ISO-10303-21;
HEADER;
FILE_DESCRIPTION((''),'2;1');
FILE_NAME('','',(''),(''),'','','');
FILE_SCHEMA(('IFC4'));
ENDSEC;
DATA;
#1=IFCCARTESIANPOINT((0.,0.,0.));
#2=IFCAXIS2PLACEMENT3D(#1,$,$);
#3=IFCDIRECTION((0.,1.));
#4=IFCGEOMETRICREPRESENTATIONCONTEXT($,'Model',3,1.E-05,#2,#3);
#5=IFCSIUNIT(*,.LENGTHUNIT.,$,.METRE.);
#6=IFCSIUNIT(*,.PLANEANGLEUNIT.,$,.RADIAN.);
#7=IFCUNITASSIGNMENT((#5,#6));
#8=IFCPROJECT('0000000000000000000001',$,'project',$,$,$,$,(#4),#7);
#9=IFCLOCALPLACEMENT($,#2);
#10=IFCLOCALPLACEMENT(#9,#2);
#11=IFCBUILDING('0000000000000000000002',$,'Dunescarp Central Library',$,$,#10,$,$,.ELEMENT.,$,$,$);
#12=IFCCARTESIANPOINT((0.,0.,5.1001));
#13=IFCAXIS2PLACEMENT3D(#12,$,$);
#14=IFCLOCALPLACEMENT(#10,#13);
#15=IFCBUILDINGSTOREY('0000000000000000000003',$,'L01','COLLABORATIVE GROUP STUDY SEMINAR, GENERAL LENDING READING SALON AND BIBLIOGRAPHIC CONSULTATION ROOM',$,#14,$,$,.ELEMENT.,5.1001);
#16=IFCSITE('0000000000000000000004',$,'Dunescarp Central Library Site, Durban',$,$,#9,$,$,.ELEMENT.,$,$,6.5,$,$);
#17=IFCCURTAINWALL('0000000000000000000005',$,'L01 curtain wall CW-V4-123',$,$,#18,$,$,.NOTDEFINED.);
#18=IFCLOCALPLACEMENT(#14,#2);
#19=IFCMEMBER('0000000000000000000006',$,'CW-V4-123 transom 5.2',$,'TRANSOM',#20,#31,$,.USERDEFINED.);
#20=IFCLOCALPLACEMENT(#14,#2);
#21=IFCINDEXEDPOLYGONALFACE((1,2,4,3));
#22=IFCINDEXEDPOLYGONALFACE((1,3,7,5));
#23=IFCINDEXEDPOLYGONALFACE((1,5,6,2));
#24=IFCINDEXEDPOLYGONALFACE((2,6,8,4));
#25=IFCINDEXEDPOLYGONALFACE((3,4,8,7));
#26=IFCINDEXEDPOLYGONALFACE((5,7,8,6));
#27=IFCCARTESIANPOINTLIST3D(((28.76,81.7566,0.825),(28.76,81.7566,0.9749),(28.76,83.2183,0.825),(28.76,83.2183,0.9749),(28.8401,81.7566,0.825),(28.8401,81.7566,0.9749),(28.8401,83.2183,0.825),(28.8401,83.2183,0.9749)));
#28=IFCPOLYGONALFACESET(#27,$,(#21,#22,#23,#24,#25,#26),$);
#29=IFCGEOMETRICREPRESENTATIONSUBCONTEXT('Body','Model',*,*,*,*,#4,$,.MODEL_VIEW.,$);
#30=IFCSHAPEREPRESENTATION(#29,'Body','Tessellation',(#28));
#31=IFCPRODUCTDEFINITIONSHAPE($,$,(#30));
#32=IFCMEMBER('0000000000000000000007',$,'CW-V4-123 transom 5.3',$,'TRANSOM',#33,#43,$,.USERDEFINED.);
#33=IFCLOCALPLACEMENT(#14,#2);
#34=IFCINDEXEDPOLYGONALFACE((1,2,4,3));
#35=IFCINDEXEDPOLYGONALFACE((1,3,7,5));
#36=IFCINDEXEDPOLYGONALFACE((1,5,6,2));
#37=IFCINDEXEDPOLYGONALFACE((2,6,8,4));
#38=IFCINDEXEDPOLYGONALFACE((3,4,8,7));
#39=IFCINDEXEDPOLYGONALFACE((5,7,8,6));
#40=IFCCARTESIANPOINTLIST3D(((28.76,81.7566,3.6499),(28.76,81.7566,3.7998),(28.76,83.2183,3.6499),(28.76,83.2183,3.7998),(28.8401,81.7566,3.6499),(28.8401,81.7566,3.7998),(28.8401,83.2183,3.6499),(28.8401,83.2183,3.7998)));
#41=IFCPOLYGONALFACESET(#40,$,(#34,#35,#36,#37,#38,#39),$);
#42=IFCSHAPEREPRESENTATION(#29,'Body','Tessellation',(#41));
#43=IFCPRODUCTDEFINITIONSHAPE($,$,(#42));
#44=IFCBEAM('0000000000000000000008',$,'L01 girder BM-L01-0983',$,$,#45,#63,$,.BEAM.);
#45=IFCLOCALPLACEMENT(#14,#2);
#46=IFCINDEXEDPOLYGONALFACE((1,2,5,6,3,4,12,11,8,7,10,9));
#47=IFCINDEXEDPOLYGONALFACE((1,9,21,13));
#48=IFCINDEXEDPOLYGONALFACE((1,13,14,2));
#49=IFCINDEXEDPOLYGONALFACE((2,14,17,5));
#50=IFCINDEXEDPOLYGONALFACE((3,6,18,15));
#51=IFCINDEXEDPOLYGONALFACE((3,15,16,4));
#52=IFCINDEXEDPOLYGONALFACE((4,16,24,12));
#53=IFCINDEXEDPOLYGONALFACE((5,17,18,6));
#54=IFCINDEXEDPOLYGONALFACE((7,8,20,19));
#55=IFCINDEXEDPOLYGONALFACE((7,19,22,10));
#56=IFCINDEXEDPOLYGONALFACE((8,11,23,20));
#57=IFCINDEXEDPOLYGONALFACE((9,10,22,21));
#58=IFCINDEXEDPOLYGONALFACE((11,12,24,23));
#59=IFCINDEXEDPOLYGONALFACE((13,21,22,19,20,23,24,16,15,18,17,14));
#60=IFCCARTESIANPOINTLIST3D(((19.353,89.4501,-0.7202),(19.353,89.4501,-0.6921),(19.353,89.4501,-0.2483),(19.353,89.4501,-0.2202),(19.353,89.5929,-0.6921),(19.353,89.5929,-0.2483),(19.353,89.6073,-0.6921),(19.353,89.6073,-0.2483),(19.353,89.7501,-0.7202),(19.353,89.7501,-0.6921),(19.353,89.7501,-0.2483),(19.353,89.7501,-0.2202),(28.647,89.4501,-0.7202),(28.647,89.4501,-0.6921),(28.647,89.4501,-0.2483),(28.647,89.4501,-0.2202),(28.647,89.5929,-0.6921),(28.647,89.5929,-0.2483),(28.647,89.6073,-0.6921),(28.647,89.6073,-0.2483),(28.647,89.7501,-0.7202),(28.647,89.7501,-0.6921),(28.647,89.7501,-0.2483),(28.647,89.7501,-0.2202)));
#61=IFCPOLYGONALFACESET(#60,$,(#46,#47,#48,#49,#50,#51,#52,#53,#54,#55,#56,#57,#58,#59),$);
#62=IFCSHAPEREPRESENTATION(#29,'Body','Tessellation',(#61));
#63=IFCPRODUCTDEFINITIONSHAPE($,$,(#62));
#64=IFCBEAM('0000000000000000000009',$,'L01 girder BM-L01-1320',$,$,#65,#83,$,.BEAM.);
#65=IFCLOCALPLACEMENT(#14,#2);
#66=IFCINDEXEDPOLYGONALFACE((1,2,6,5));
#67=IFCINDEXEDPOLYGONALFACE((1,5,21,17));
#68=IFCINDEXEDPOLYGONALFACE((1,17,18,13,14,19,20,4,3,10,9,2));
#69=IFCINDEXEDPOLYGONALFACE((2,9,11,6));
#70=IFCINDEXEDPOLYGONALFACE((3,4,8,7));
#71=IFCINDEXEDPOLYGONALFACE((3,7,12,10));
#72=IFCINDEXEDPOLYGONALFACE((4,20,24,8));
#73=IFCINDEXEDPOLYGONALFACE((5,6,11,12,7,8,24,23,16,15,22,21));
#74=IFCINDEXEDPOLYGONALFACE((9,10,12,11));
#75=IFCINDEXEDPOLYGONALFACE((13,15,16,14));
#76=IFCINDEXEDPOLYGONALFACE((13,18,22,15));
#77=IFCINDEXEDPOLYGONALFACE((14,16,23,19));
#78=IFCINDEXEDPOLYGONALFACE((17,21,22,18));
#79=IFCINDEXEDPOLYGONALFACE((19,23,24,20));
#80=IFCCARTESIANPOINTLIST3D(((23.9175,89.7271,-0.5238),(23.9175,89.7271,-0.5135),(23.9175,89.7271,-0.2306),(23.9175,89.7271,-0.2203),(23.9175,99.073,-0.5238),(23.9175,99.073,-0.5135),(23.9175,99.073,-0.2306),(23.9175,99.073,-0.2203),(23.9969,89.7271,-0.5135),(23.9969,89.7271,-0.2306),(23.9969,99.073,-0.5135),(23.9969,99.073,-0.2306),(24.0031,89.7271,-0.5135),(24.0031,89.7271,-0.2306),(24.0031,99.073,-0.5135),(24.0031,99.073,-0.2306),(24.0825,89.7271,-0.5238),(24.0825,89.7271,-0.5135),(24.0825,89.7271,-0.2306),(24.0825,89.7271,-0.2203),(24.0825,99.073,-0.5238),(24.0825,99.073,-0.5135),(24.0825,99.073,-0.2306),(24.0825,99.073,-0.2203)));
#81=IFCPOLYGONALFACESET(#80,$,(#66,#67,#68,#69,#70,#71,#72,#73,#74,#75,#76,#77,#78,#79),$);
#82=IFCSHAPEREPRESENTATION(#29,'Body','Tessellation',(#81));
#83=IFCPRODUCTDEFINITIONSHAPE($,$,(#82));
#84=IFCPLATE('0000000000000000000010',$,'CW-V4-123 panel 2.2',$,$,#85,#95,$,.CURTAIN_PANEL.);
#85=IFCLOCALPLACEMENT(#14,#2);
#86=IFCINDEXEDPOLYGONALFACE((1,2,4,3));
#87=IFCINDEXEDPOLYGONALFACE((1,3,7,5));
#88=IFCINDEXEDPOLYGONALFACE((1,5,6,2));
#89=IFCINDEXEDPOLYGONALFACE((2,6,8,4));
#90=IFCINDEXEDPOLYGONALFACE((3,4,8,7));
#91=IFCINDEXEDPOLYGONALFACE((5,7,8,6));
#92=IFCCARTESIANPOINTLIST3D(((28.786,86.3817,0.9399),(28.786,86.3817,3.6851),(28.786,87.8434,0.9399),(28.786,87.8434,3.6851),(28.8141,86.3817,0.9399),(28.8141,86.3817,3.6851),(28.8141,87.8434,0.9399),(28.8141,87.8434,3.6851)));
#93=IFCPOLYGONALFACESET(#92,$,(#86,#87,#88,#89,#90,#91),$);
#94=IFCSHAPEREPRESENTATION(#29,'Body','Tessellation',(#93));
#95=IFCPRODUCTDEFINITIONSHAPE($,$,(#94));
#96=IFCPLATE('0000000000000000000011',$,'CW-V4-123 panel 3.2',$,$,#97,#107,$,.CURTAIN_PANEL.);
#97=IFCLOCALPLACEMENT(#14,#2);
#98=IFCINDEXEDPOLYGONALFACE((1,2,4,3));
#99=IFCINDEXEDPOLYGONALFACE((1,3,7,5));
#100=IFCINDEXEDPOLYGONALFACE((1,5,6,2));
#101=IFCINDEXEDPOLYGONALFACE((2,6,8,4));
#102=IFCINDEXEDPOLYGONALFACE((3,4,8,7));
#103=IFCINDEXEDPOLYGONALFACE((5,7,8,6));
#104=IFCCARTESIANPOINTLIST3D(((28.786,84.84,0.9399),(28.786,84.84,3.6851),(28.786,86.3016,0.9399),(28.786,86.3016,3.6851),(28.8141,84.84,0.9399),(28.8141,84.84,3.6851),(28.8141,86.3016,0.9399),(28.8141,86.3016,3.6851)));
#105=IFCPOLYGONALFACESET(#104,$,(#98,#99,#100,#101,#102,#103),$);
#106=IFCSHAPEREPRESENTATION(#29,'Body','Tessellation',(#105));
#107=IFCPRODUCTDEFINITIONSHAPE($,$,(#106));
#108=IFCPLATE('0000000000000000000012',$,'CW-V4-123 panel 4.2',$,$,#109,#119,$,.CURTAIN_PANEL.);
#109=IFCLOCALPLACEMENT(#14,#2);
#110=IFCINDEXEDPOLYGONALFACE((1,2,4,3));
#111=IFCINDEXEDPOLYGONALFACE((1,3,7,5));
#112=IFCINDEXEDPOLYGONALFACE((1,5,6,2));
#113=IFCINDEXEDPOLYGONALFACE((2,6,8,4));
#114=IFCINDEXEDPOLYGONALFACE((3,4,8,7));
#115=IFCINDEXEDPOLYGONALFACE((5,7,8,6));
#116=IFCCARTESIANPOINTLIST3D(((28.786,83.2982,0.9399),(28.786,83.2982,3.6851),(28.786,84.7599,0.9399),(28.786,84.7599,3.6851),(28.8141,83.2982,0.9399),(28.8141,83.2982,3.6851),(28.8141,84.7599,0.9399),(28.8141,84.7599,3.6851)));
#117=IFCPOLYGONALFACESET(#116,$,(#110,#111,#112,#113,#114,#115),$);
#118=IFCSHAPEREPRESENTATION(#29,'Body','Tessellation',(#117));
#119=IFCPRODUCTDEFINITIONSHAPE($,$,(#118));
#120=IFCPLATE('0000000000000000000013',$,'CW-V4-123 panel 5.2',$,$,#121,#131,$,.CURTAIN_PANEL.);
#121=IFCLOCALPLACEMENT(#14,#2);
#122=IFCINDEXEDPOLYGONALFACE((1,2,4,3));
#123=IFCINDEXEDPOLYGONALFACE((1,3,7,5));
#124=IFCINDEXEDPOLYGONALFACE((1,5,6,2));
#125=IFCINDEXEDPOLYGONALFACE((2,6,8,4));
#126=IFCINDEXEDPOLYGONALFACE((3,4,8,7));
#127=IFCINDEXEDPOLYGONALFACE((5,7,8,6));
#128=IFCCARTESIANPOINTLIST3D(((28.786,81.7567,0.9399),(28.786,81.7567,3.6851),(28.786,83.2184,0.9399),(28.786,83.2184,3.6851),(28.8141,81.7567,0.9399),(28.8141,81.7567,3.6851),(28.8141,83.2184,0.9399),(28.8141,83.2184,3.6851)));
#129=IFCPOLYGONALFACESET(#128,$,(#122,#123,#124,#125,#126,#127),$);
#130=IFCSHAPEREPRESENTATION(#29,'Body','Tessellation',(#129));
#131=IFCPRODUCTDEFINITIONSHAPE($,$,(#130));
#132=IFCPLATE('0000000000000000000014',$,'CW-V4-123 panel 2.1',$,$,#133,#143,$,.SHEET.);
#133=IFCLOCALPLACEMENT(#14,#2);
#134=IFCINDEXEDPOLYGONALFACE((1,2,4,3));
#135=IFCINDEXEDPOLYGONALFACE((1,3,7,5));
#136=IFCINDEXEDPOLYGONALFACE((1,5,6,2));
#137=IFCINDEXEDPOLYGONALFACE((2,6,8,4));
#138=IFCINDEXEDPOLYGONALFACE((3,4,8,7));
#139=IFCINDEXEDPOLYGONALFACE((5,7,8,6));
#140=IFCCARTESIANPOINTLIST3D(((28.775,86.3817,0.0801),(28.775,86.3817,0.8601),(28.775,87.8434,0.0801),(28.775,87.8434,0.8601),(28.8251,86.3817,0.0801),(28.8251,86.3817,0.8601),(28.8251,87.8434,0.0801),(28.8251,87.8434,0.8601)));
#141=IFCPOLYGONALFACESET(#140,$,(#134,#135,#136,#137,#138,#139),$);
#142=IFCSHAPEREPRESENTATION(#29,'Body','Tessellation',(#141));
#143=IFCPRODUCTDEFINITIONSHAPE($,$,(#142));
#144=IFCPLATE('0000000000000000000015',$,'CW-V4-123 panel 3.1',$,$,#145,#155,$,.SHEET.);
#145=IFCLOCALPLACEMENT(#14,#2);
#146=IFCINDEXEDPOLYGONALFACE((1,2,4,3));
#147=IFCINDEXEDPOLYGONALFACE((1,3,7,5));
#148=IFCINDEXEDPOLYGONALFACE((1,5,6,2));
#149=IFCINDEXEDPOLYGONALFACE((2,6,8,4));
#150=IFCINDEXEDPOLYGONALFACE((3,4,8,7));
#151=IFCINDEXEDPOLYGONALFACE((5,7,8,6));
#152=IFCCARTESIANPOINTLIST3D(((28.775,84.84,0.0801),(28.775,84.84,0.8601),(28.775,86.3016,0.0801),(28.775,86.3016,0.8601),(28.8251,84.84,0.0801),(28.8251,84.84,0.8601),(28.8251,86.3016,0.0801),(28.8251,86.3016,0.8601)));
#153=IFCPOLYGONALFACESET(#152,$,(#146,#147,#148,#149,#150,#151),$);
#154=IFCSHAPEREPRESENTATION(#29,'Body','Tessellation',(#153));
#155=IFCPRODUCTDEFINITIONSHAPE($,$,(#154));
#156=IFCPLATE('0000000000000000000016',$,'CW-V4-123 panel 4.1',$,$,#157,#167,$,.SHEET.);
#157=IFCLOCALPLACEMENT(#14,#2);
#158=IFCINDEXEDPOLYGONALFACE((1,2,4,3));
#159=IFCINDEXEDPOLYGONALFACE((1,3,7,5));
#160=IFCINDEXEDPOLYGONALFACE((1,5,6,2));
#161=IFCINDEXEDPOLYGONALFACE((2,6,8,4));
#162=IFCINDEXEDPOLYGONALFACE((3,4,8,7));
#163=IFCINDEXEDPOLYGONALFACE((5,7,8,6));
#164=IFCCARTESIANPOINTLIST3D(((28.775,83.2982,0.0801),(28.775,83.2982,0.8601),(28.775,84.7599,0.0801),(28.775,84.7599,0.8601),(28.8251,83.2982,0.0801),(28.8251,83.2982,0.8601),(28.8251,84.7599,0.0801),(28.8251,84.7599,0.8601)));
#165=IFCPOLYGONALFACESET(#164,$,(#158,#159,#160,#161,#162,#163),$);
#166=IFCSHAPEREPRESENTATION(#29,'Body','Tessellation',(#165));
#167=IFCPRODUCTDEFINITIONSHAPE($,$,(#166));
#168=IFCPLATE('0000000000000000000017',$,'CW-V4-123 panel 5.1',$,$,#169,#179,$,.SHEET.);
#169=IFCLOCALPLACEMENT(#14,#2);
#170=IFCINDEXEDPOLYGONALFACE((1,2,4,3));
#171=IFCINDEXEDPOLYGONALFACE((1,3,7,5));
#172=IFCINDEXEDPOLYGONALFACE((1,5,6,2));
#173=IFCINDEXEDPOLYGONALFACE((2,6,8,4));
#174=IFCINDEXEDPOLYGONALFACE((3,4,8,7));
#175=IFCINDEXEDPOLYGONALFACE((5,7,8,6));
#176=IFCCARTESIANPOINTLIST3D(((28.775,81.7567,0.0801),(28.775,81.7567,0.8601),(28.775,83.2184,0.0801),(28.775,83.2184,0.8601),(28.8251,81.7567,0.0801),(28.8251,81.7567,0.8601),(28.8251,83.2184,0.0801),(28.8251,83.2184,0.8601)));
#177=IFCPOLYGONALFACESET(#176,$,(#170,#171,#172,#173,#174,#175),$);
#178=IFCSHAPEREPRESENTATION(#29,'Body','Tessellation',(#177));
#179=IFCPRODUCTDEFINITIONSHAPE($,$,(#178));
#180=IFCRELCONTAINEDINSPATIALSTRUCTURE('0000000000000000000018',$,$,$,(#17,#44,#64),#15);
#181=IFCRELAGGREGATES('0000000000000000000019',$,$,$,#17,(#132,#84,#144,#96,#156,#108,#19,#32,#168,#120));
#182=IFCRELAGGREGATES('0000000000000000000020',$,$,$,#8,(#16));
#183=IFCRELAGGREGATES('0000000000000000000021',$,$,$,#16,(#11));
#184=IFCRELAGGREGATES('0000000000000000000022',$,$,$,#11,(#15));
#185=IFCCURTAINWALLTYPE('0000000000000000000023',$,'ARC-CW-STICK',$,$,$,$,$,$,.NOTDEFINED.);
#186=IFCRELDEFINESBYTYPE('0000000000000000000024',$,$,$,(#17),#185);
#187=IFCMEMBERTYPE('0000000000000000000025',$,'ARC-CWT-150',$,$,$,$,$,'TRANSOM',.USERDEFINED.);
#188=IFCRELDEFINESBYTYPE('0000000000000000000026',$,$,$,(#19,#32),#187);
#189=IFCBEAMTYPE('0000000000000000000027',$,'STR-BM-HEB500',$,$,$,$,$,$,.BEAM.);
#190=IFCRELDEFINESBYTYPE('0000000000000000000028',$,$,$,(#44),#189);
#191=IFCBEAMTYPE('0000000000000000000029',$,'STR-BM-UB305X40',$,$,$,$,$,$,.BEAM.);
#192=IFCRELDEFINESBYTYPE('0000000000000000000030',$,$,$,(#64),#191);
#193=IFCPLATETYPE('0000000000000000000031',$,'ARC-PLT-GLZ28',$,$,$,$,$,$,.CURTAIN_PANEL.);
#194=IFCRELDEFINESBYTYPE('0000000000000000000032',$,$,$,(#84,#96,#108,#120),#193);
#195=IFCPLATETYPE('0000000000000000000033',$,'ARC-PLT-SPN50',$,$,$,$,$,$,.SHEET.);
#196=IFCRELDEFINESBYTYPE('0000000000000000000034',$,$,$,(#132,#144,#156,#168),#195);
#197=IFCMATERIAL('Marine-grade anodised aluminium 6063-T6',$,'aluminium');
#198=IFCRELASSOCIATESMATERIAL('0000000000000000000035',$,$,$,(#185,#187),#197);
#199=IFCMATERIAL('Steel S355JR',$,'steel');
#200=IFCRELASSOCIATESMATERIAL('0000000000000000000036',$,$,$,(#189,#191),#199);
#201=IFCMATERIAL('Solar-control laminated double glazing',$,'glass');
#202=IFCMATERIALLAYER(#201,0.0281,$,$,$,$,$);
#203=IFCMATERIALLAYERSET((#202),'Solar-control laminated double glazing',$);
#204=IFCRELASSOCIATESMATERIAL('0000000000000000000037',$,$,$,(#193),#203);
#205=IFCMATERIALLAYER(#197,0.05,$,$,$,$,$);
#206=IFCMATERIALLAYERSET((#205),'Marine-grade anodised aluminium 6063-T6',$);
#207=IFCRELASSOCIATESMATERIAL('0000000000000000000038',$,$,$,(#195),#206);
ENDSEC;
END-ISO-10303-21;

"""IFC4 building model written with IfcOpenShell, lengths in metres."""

from ifc_helpers import new_model, si_unit, direction, frame, origin, origin_2d, place, context, subcontext, project, spatial, rectangle, i_section, extrude, material, layer, layer_set, material_profile, profile_set, type_object, element, aggregate, save


model = new_model("IFC4")

# Units and contexts
model_context = context("Model", 3, precision=1e-05, world=origin(), true_north=direction((0.0, 1.0)))
body_context = subcontext(model_context, "Body", "Model", "MODEL_VIEW")
ifc_project = project(units=[si_unit("LENGTHUNIT", "METRE"), si_unit("PLANEANGLEUNIT", "RADIAN")], contexts=[model_context])

# Site, building, storey
site_placement = place(None, origin())
site = spatial("IfcSite", under=ifc_project, at=site_placement, Name="Dunescarp Central Library Site, Durban", CompositionType="ELEMENT", RefElevation=6.5)
building_placement = place(site_placement, origin())
building = spatial("IfcBuilding", under=site, at=building_placement, Name="Dunescarp Central Library", CompositionType="ELEMENT")
storey_placement = place(building_placement, frame((0.0, 0.0, 5.1001)))
storey = spatial("IfcBuildingStorey", under=building, at=storey_placement, Name="L01", Description="COLLABORATIVE GROUP STUDY SEMINAR, GENERAL LENDING READING SALON AND BIBLIOGRAPHIC CONSULTATION ROOM", CompositionType="ELEMENT", Elevation=5.1001)

# Shared definitions
ifc_material_1 = material(Name="Steel S355JR", Category="steel")

# Curtain wall, members
ifc_material_2 = material(Name="Marine-grade anodised aluminium 6063-T6", Category="aluminium")
curtain_wall_type = type_object("IfcCurtainWallType", Name="ARC-CW-STICK", PredefinedType="NOTDEFINED", material=ifc_material_2)
curtain_wall_placement = place(storey_placement, origin())
curtain_wall = element("IfcCurtainWall", 1, at=curtain_wall_placement, inside=storey, type_object=curtain_wall_type, Name="L01 curtain wall CW-V4-123", PredefinedType="NOTDEFINED")
ifc_material_profile_1 = material_profile(ifc_material_2, rectangle(XDim=0.0801, YDim=0.1499, at=origin_2d()), Name="AL 80x150")
ifc_profile_set_1 = profile_set([ifc_material_profile_1], Name="Marine-grade anodised aluminium 6063-T6")
member_type_1 = type_object("IfcMemberType", Name="ARC-CWT-150", ElementType="TRANSOM", PredefinedType="USERDEFINED", material=ifc_profile_set_1)
member_1_placement = place(storey_placement, frame((28.8, 83.2183, 0.8999), z_axis=(0.0, -1.0, 0.0), x_axis=(1.0, 0.0, 0.0)))
member_1 = element("IfcMember", 2, at=member_1_placement, type_object=member_type_1, Name="CW-V4-123 transom 5.2", ObjectType="TRANSOM", PredefinedType="USERDEFINED", context=body_context, shape_type="SweptSolid", body=[
    extrude(rectangle(XDim=0.0801, YDim=0.1499, at=origin_2d()), origin(), (0.0, 0.0, 1.0), 1.4617),
])
member_2_placement = place(storey_placement, frame((28.8, 83.2183, 3.7249), z_axis=(0.0, -1.0, 0.0), x_axis=(1.0, 0.0, 0.0)))
member_2 = element("IfcMember", 3, at=member_2_placement, type_object=member_type_1, Name="CW-V4-123 transom 5.3", ObjectType="TRANSOM", PredefinedType="USERDEFINED", context=body_context, shape_type="SweptSolid", body=[
    extrude(rectangle(XDim=0.0801, YDim=0.1499, at=origin_2d()), origin(), (0.0, 0.0, 1.0), 1.4617),
])

# Beams
ifc_material_profile_2 = material_profile(ifc_material_1, i_section(OverallWidth=0.3, OverallDepth=0.5, WebThickness=0.0144, FlangeThickness=0.0281, at=origin_2d()), Name="HEB 500")
ifc_profile_set_2 = profile_set([ifc_material_profile_2], Name="Steel S355JR")
beam_type_1 = type_object("IfcBeamType", Name="STR-BM-HEB500", PredefinedType="BEAM", material=ifc_profile_set_2)
beam_1_placement = place(storey_placement, frame((19.353, 89.6001, -0.4702), z_axis=(1.0, 0.0, 0.0), x_axis=(0.0, 1.0, 0.0)))
element("IfcBeam", 4, at=beam_1_placement, inside=storey, type_object=beam_type_1, Name="L01 girder BM-L01-0983", PredefinedType="BEAM", context=body_context, shape_type="SweptSolid", body=[
    extrude(i_section(OverallWidth=0.3, OverallDepth=0.5, WebThickness=0.0144, FlangeThickness=0.0281, at=origin_2d()), origin(), (0.0, 0.0, 1.0), 9.2939),
])
ifc_material_profile_3 = material_profile(ifc_material_1, i_section(OverallWidth=0.165, OverallDepth=0.3035, WebThickness=0.0061, FlangeThickness=0.0103, at=origin_2d()), Name="UB 305x165x40")
ifc_profile_set_3 = profile_set([ifc_material_profile_3], Name="Steel S355JR")
beam_type_2 = type_object("IfcBeamType", Name="STR-BM-UB305X40", PredefinedType="BEAM", material=ifc_profile_set_3)
beam_2_placement = place(storey_placement, frame((24.0, 89.7271, -0.3721), z_axis=(0.0, 1.0, 0.0), x_axis=(-1.0, 0.0, 0.0)))
element("IfcBeam", 5, at=beam_2_placement, inside=storey, type_object=beam_type_2, Name="L01 girder BM-L01-1320", PredefinedType="BEAM", context=body_context, shape_type="SweptSolid", body=[
    extrude(i_section(OverallWidth=0.165, OverallDepth=0.3035, WebThickness=0.0061, FlangeThickness=0.0103, at=origin_2d()), origin(), (0.0, 0.0, 1.0), 9.3459),
])

# Plates
ifc_material_3 = material(Name="Solar-control laminated double glazing", Category="glass")
ifc_layer_1 = layer(ifc_material_3, 0.0281)
ifc_layer_set_1 = layer_set([ifc_layer_1], Name="Solar-control laminated double glazing")
plate_type_1 = type_object("IfcPlateType", Name="ARC-PLT-GLZ28", PredefinedType="CURTAIN_PANEL", material=ifc_layer_set_1)
plate_1_placement = place(storey_placement, frame((28.8, 87.1125, 0.9399), z_axis=(0.0, 0.0, 1.0), x_axis=(0.0, -1.0, 0.0)))
plate_1 = element("IfcPlate", 6, at=plate_1_placement, type_object=plate_type_1, Name="CW-V4-123 panel 2.2", PredefinedType="CURTAIN_PANEL", context=body_context, shape_type="SweptSolid", body=[
    extrude(rectangle(XDim=1.4617, YDim=0.0281, at=origin_2d()), origin(), (0.0, 0.0, 1.0), 2.7451),
])
plate_2_placement = place(storey_placement, frame((28.8, 85.5708, 0.9399), z_axis=(0.0, 0.0, 1.0), x_axis=(0.0, -1.0, 0.0)))
plate_2 = element("IfcPlate", 7, at=plate_2_placement, type_object=plate_type_1, Name="CW-V4-123 panel 3.2", PredefinedType="CURTAIN_PANEL", context=body_context, shape_type="SweptSolid", body=[
    extrude(rectangle(XDim=1.4617, YDim=0.0281, at=origin_2d()), origin(), (0.0, 0.0, 1.0), 2.7451),
])
plate_3_placement = place(storey_placement, frame((28.8, 84.0291, 0.9399), z_axis=(0.0, 0.0, 1.0), x_axis=(0.0, -1.0, 0.0)))
plate_3 = element("IfcPlate", 8, at=plate_3_placement, type_object=plate_type_1, Name="CW-V4-123 panel 4.2", PredefinedType="CURTAIN_PANEL", context=body_context, shape_type="SweptSolid", body=[
    extrude(rectangle(XDim=1.4617, YDim=0.0281, at=origin_2d()), origin(), (0.0, 0.0, 1.0), 2.7451),
])
plate_4_placement = place(storey_placement, frame((28.8, 82.4875, 0.9399), z_axis=(0.0, 0.0, 1.0), x_axis=(0.0, -1.0, 0.0)))
plate_4 = element("IfcPlate", 9, at=plate_4_placement, type_object=plate_type_1, Name="CW-V4-123 panel 5.2", PredefinedType="CURTAIN_PANEL", context=body_context, shape_type="SweptSolid", body=[
    extrude(rectangle(XDim=1.4617, YDim=0.0281, at=origin_2d()), origin(), (0.0, 0.0, 1.0), 2.7451),
])
ifc_layer_2 = layer(ifc_material_2, 0.05)
ifc_layer_set_2 = layer_set([ifc_layer_2], Name="Marine-grade anodised aluminium 6063-T6")
plate_type_2 = type_object("IfcPlateType", Name="ARC-PLT-SPN50", PredefinedType="SHEET", material=ifc_layer_set_2)
plate_5_placement = place(storey_placement, frame((28.8, 87.1125, 0.0801), z_axis=(0.0, 0.0, 1.0), x_axis=(0.0, -1.0, 0.0)))
plate_5 = element("IfcPlate", 10, at=plate_5_placement, type_object=plate_type_2, Name="CW-V4-123 panel 2.1", PredefinedType="SHEET", context=body_context, shape_type="SweptSolid", body=[
    extrude(rectangle(XDim=1.4617, YDim=0.05, at=origin_2d()), origin(), (0.0, 0.0, 1.0), 0.78),
])
plate_6_placement = place(storey_placement, frame((28.8, 85.5708, 0.0801), z_axis=(0.0, 0.0, 1.0), x_axis=(0.0, -1.0, 0.0)))
plate_6 = element("IfcPlate", 11, at=plate_6_placement, type_object=plate_type_2, Name="CW-V4-123 panel 3.1", PredefinedType="SHEET", context=body_context, shape_type="SweptSolid", body=[
    extrude(rectangle(XDim=1.4617, YDim=0.05, at=origin_2d()), origin(), (0.0, 0.0, 1.0), 0.78),
])
plate_7_placement = place(storey_placement, frame((28.8, 84.0291, 0.0801), z_axis=(0.0, 0.0, 1.0), x_axis=(0.0, -1.0, 0.0)))
plate_7 = element("IfcPlate", 12, at=plate_7_placement, type_object=plate_type_2, Name="CW-V4-123 panel 4.1", PredefinedType="SHEET", context=body_context, shape_type="SweptSolid", body=[
    extrude(rectangle(XDim=1.4617, YDim=0.05, at=origin_2d()), origin(), (0.0, 0.0, 1.0), 0.78),
])
plate_8_placement = place(storey_placement, frame((28.8, 82.4875, 0.0801), z_axis=(0.0, 0.0, 1.0), x_axis=(0.0, -1.0, 0.0)))
plate_8 = element("IfcPlate", 13, at=plate_8_placement, type_object=plate_type_2, Name="CW-V4-123 panel 5.1", PredefinedType="SHEET", context=body_context, shape_type="SweptSolid", body=[
    extrude(rectangle(XDim=1.4617, YDim=0.05, at=origin_2d()), origin(), (0.0, 0.0, 1.0), 0.78),
])
aggregate(curtain_wall, [plate_5, plate_1, plate_6, plate_2, plate_7, plate_3, member_1, member_2, plate_8, plate_4])

save(model, "model.ifc")
